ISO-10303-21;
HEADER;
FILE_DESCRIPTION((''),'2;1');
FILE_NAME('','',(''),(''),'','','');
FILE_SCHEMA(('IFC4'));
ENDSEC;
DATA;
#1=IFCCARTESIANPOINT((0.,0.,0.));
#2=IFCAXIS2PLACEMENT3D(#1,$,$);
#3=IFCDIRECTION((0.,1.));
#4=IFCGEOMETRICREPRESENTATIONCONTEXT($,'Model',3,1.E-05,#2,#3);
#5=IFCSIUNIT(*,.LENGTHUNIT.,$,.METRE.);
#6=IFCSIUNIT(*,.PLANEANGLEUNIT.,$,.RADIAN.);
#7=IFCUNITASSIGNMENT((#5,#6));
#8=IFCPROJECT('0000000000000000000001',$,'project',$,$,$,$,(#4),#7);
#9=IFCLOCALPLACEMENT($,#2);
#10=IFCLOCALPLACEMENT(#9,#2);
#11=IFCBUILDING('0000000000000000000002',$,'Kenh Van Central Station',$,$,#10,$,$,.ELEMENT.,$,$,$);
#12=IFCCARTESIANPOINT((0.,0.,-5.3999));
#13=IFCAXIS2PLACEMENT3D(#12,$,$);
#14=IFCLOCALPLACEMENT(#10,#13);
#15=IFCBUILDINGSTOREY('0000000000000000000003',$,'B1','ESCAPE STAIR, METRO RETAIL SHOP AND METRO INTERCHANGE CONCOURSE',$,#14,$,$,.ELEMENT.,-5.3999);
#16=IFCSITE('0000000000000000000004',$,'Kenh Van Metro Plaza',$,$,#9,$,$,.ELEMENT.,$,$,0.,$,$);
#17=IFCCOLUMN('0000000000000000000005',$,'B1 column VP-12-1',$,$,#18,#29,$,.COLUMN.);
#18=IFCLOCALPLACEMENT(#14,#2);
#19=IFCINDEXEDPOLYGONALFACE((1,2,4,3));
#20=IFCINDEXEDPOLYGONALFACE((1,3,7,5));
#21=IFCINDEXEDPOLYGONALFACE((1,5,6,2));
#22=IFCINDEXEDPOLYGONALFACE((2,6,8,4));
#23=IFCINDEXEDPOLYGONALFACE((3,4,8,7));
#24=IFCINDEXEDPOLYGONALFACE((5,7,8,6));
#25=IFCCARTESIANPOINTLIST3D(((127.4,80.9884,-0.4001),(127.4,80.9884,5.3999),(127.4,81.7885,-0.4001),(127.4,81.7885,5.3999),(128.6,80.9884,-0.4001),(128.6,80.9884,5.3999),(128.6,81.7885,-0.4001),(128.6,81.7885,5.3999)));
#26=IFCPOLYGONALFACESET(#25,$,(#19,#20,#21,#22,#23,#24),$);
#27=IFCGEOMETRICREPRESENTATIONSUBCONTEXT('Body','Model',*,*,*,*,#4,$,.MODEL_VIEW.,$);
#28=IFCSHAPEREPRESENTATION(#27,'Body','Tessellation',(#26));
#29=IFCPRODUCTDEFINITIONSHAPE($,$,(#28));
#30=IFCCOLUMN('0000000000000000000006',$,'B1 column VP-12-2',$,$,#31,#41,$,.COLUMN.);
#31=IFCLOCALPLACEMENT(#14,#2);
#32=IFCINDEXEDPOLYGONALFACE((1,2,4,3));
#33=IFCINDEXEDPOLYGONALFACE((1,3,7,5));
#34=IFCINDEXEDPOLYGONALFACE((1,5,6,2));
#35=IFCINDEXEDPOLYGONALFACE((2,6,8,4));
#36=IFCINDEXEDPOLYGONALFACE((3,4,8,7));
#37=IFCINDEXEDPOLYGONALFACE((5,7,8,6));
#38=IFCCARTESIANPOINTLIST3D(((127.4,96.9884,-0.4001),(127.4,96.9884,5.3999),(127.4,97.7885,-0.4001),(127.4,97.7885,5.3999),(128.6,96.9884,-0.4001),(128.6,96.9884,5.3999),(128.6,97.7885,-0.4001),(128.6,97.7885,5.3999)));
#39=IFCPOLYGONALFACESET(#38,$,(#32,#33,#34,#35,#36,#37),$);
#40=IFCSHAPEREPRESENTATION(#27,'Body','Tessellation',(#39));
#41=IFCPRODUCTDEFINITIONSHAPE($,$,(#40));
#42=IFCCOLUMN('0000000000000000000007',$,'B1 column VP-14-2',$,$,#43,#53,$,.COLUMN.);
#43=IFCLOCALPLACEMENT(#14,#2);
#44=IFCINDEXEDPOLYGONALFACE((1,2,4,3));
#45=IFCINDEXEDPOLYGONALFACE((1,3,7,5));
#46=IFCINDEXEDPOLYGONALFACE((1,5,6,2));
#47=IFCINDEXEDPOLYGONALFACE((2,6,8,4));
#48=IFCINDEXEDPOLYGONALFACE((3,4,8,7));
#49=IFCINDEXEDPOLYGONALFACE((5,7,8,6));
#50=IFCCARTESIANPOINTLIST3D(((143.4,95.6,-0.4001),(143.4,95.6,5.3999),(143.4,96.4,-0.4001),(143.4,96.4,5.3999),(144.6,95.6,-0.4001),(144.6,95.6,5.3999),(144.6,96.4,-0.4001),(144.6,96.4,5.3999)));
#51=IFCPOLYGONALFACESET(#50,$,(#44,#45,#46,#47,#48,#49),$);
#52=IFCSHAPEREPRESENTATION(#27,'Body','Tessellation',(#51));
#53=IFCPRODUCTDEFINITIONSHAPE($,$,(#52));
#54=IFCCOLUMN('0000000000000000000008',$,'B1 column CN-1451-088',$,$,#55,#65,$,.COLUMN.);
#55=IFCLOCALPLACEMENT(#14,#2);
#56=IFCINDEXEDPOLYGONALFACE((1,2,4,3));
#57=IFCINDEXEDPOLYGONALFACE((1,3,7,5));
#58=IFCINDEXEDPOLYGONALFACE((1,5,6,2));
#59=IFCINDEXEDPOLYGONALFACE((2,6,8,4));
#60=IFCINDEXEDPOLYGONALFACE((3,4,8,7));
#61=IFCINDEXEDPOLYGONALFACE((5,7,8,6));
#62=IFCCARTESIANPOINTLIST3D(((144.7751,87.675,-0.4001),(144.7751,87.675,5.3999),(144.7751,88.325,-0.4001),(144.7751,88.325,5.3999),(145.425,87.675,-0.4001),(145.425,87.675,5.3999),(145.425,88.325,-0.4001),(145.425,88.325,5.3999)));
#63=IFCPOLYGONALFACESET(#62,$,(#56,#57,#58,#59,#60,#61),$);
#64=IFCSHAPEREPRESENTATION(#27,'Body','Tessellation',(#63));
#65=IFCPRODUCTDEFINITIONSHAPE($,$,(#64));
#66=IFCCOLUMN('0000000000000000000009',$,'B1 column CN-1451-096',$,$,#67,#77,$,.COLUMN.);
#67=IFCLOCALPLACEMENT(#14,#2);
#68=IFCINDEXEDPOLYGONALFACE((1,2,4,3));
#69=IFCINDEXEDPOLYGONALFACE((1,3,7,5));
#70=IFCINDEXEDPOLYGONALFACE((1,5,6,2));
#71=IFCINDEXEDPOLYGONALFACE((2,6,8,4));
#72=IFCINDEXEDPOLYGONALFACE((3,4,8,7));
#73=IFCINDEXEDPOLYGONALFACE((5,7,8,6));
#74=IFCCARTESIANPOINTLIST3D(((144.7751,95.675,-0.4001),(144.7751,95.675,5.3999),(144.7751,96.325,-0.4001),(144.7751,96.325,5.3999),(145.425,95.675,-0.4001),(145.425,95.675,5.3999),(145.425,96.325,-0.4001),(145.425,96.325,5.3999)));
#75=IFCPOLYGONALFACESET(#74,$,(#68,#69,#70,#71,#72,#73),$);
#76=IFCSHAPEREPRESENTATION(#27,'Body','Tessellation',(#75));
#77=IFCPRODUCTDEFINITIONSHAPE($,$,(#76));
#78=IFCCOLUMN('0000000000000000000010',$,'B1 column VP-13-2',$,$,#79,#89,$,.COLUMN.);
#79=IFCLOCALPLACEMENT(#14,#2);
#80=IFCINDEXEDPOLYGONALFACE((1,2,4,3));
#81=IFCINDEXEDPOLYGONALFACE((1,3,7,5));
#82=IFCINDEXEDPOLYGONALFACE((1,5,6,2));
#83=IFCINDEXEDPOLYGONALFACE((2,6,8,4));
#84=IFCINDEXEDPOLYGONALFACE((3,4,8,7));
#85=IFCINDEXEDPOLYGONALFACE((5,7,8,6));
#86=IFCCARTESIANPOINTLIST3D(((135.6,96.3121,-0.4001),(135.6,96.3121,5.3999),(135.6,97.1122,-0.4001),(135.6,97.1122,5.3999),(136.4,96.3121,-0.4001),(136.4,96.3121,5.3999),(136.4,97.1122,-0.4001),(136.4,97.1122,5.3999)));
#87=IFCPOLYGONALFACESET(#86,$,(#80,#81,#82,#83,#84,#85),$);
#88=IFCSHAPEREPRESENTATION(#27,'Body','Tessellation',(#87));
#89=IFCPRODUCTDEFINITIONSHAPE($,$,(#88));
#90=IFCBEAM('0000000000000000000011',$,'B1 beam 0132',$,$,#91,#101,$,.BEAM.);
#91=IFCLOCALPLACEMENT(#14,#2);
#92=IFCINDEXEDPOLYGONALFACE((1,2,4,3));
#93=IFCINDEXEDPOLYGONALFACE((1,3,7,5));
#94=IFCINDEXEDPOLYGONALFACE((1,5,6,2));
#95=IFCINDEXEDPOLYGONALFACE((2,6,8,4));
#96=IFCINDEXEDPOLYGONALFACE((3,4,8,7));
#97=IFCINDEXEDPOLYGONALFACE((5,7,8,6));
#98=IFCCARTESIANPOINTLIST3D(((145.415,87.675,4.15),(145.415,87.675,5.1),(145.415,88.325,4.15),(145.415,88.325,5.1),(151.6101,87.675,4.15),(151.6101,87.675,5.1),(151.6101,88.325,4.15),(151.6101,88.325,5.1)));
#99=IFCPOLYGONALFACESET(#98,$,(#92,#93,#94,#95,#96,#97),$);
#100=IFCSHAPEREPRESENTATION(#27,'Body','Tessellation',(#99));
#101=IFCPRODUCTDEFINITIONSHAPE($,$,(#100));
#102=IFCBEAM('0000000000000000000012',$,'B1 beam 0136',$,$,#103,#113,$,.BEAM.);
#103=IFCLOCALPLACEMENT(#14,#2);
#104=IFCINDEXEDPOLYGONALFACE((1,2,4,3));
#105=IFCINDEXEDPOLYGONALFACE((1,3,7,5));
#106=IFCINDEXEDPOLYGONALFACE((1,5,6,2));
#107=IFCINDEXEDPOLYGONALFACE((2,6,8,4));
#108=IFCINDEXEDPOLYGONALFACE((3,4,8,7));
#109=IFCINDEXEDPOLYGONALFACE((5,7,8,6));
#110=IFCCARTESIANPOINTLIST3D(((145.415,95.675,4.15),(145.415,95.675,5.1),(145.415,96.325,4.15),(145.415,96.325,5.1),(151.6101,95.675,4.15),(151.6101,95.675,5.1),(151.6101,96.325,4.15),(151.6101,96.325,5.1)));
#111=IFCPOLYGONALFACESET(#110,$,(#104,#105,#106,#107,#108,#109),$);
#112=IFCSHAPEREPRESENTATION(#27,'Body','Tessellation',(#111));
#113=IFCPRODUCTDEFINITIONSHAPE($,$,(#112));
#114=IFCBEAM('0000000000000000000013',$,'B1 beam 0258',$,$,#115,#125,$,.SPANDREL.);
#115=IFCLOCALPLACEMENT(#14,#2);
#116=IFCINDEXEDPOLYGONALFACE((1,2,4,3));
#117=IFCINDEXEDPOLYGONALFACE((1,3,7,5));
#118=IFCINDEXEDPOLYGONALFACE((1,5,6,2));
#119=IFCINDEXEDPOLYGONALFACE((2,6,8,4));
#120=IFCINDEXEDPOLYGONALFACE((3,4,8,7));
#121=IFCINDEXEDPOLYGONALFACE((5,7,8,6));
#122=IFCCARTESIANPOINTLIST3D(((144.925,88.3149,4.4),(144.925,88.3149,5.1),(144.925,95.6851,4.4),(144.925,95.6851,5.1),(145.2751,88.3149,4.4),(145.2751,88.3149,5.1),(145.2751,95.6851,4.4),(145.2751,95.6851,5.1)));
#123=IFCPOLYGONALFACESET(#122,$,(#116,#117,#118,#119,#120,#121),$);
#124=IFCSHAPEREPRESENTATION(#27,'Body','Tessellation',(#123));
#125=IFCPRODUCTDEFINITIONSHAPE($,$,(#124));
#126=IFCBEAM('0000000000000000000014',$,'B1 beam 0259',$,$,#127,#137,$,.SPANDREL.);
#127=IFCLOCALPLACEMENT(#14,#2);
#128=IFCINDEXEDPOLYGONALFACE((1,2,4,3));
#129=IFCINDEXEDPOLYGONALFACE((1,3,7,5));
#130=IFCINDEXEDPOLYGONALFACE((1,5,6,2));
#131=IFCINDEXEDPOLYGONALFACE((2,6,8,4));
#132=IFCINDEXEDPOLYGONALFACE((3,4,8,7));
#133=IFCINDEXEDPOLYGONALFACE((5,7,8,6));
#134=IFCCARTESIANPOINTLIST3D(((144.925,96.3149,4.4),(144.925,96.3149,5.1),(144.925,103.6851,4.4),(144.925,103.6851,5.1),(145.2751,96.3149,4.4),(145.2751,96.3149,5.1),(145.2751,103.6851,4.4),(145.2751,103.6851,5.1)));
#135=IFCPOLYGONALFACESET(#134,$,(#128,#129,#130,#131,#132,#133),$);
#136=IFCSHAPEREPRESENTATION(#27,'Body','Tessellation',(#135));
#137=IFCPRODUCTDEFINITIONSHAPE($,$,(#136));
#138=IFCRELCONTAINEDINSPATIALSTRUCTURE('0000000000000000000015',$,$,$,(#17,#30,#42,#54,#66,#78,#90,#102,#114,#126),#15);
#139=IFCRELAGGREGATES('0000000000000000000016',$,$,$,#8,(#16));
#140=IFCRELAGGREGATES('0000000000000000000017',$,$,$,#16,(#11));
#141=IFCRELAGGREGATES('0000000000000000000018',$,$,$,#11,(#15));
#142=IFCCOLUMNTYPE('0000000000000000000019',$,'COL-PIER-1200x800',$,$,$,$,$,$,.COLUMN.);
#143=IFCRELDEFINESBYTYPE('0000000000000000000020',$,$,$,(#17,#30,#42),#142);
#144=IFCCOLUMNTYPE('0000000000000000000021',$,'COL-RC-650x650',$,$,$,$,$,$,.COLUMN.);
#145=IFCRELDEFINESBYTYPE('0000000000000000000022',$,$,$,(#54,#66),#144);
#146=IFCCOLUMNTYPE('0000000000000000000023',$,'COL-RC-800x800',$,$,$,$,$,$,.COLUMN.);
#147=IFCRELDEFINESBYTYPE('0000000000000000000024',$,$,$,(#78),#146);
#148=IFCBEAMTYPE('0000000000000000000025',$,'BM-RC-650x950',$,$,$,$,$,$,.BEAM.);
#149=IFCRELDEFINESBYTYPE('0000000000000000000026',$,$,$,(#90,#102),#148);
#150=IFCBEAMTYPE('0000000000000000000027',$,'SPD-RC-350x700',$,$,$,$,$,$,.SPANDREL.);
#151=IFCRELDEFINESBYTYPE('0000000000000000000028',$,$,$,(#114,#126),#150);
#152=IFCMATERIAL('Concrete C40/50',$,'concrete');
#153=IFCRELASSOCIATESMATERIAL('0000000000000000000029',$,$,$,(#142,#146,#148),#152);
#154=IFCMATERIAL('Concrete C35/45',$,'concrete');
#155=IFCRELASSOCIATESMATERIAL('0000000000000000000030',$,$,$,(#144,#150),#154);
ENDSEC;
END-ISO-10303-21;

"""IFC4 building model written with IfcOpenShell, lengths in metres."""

from ifc_helpers import new_model, si_unit, direction, frame, origin, origin_2d, place, context, subcontext, project, spatial, rectangle, extrude, material, material_profile, profile_set, type_object, element, save


model = new_model("IFC4")

# Units and contexts
model_context = context("Model", 3, precision=1e-05, world=origin(), true_north=direction((0.0, 1.0)))
body_context = subcontext(model_context, "Body", "Model", "MODEL_VIEW")
ifc_project = project(units=[si_unit("LENGTHUNIT", "METRE"), si_unit("PLANEANGLEUNIT", "RADIAN")], contexts=[model_context])

# Site, building, storey
site_placement = place(None, origin())
site = spatial("IfcSite", under=ifc_project, at=site_placement, Name="Kenh Van Metro Plaza", CompositionType="ELEMENT", RefElevation=0.0)
building_placement = place(site_placement, origin())
building = spatial("IfcBuilding", under=site, at=building_placement, Name="Kenh Van Central Station", CompositionType="ELEMENT")
storey_placement = place(building_placement, frame((0.0, 0.0, -5.3999)))
storey = spatial("IfcBuildingStorey", under=building, at=storey_placement, Name="B1", Description="ESCAPE STAIR, METRO RETAIL SHOP AND METRO INTERCHANGE CONCOURSE", CompositionType="ELEMENT", Elevation=-5.3999)

# Shared definitions
ifc_material_1 = material(Name="Concrete C40/50", Category="concrete")

# Columns
ifc_material_profile_1 = material_profile(ifc_material_1, rectangle(XDim=1.2, YDim=0.8, at=origin_2d()), Name="RC 1200x800")
ifc_profile_set_1 = profile_set([ifc_material_profile_1], Name="Concrete C40/50")
column_type_1 = type_object("IfcColumnType", Name="COL-PIER-1200x800", PredefinedType="COLUMN", material=ifc_profile_set_1)
for number, where, z_axis, x_axis, name in (
    (1, (128.0, 81.3884, -0.4001), (0.0, 0.0, 1.0), (1.0, 0.0, 0.0), "B1 column VP-12-1"),
    (2, (128.0, 97.3884, -0.4001), (0.0, 0.0, 1.0), (1.0, 0.0, 0.0), "B1 column VP-12-2"),
    (3, (144.0, 96.0, -0.4001), (0.0, 0.0, 1.0), (1.0, 0.0, 0.0), "B1 column VP-14-2"),
):
    element("IfcColumn", number, at=place(storey_placement, frame(where, z_axis=z_axis, x_axis=x_axis)), inside=storey, type_object=column_type_1, Name=name, PredefinedType="COLUMN", context=body_context, shape_type="SweptSolid", body=[
        extrude(rectangle(XDim=1.2, YDim=0.8, at=origin_2d()), origin(), (0.0, 0.0, 1.0), 5.8),
    ])
ifc_material_2 = material(Name="Concrete C35/45", Category="concrete")
ifc_material_profile_2 = material_profile(ifc_material_2, rectangle(XDim=0.6499, YDim=0.6499, at=origin_2d()), Name="RC 650x650")
ifc_profile_set_2 = profile_set([ifc_material_profile_2], Name="Concrete C35/45")
column_type_2 = type_object("IfcColumnType", Name="COL-RC-650x650", PredefinedType="COLUMN", material=ifc_profile_set_2)
for number, where, z_axis, x_axis, name in (
    (4, (145.1001, 88.0, -0.4001), (0.0, 0.0, 1.0), (1.0, 0.0, 0.0), "B1 column CN-1451-088"),
    (5, (145.1001, 96.0, -0.4001), (0.0, 0.0, 1.0), (1.0, 0.0, 0.0), "B1 column CN-1451-096"),
):
    element("IfcColumn", number, at=place(storey_placement, frame(where, z_axis=z_axis, x_axis=x_axis)), inside=storey, type_object=column_type_2, Name=name, PredefinedType="COLUMN", context=body_context, shape_type="SweptSolid", body=[
        extrude(rectangle(XDim=0.6499, YDim=0.6499, at=origin_2d()), origin(), (0.0, 0.0, 1.0), 5.8),
    ])
ifc_material_profile_3 = material_profile(ifc_material_1, rectangle(XDim=0.8, YDim=0.8, at=origin_2d()), Name="RC 800x800")
ifc_profile_set_3 = profile_set([ifc_material_profile_3], Name="Concrete C40/50")
column_type_3 = type_object("IfcColumnType", Name="COL-RC-800x800", PredefinedType="COLUMN", material=ifc_profile_set_3)
column_placement = place(storey_placement, frame((136.0, 96.7122, -0.4001), z_axis=(0.0, 0.0, 1.0), x_axis=(1.0, 0.0, 0.0)))
element("IfcColumn", 6, at=column_placement, inside=storey, type_object=column_type_3, Name="B1 column VP-13-2", PredefinedType="COLUMN", context=body_context, shape_type="SweptSolid", body=[
    extrude(rectangle(XDim=0.8, YDim=0.8, at=origin_2d()), origin(), (0.0, 0.0, 1.0), 5.8),
])

# Beams
ifc_material_profile_4 = material_profile(ifc_material_1, rectangle(XDim=0.6499, YDim=0.95, at=origin_2d()), Name="RC 650x950")
ifc_profile_set_4 = profile_set([ifc_material_profile_4], Name="Concrete C40/50")
beam_type_1 = type_object("IfcBeamType", Name="BM-RC-650x950", PredefinedType="BEAM", material=ifc_profile_set_4)
for number, where, z_axis, x_axis, name in (
    (7, (145.415, 88.0, 4.625), (1.0, 0.0, 0.0), (0.0, 1.0, 0.0), "B1 beam 0132"),
    (8, (145.415, 96.0, 4.625), (1.0, 0.0, 0.0), (0.0, 1.0, 0.0), "B1 beam 0136"),
):
    element("IfcBeam", number, at=place(storey_placement, frame(where, z_axis=z_axis, x_axis=x_axis)), inside=storey, type_object=beam_type_1, Name=name, PredefinedType="BEAM", context=body_context, shape_type="SweptSolid", body=[
        extrude(rectangle(XDim=0.6499, YDim=0.95, at=origin_2d()), origin(), (0.0, 0.0, 1.0), 6.1951),
    ])
ifc_material_profile_5 = material_profile(ifc_material_2, rectangle(XDim=0.3501, YDim=0.7, at=origin_2d()), Name="RC 350x700")
ifc_profile_set_5 = profile_set([ifc_material_profile_5], Name="Concrete C35/45")
beam_type_2 = type_object("IfcBeamType", Name="SPD-RC-350x700", PredefinedType="SPANDREL", material=ifc_profile_set_5)
for number, where, z_axis, x_axis, name in (
    (9, (145.1001, 88.3149, 4.75), (0.0, 1.0, 0.0), (-1.0, 0.0, 0.0), "B1 beam 0258"),
    (10, (145.1001, 96.3149, 4.75), (0.0, 1.0, 0.0), (-1.0, 0.0, 0.0), "B1 beam 0259"),
):
    element("IfcBeam", number, at=place(storey_placement, frame(where, z_axis=z_axis, x_axis=x_axis)), inside=storey, type_object=beam_type_2, Name=name, PredefinedType="SPANDREL", context=body_context, shape_type="SweptSolid", body=[
        extrude(rectangle(XDim=0.3501, YDim=0.7, at=origin_2d()), origin(), (0.0, 0.0, 1.0), 7.3701),
    ])

save(model, "model.ifc")
